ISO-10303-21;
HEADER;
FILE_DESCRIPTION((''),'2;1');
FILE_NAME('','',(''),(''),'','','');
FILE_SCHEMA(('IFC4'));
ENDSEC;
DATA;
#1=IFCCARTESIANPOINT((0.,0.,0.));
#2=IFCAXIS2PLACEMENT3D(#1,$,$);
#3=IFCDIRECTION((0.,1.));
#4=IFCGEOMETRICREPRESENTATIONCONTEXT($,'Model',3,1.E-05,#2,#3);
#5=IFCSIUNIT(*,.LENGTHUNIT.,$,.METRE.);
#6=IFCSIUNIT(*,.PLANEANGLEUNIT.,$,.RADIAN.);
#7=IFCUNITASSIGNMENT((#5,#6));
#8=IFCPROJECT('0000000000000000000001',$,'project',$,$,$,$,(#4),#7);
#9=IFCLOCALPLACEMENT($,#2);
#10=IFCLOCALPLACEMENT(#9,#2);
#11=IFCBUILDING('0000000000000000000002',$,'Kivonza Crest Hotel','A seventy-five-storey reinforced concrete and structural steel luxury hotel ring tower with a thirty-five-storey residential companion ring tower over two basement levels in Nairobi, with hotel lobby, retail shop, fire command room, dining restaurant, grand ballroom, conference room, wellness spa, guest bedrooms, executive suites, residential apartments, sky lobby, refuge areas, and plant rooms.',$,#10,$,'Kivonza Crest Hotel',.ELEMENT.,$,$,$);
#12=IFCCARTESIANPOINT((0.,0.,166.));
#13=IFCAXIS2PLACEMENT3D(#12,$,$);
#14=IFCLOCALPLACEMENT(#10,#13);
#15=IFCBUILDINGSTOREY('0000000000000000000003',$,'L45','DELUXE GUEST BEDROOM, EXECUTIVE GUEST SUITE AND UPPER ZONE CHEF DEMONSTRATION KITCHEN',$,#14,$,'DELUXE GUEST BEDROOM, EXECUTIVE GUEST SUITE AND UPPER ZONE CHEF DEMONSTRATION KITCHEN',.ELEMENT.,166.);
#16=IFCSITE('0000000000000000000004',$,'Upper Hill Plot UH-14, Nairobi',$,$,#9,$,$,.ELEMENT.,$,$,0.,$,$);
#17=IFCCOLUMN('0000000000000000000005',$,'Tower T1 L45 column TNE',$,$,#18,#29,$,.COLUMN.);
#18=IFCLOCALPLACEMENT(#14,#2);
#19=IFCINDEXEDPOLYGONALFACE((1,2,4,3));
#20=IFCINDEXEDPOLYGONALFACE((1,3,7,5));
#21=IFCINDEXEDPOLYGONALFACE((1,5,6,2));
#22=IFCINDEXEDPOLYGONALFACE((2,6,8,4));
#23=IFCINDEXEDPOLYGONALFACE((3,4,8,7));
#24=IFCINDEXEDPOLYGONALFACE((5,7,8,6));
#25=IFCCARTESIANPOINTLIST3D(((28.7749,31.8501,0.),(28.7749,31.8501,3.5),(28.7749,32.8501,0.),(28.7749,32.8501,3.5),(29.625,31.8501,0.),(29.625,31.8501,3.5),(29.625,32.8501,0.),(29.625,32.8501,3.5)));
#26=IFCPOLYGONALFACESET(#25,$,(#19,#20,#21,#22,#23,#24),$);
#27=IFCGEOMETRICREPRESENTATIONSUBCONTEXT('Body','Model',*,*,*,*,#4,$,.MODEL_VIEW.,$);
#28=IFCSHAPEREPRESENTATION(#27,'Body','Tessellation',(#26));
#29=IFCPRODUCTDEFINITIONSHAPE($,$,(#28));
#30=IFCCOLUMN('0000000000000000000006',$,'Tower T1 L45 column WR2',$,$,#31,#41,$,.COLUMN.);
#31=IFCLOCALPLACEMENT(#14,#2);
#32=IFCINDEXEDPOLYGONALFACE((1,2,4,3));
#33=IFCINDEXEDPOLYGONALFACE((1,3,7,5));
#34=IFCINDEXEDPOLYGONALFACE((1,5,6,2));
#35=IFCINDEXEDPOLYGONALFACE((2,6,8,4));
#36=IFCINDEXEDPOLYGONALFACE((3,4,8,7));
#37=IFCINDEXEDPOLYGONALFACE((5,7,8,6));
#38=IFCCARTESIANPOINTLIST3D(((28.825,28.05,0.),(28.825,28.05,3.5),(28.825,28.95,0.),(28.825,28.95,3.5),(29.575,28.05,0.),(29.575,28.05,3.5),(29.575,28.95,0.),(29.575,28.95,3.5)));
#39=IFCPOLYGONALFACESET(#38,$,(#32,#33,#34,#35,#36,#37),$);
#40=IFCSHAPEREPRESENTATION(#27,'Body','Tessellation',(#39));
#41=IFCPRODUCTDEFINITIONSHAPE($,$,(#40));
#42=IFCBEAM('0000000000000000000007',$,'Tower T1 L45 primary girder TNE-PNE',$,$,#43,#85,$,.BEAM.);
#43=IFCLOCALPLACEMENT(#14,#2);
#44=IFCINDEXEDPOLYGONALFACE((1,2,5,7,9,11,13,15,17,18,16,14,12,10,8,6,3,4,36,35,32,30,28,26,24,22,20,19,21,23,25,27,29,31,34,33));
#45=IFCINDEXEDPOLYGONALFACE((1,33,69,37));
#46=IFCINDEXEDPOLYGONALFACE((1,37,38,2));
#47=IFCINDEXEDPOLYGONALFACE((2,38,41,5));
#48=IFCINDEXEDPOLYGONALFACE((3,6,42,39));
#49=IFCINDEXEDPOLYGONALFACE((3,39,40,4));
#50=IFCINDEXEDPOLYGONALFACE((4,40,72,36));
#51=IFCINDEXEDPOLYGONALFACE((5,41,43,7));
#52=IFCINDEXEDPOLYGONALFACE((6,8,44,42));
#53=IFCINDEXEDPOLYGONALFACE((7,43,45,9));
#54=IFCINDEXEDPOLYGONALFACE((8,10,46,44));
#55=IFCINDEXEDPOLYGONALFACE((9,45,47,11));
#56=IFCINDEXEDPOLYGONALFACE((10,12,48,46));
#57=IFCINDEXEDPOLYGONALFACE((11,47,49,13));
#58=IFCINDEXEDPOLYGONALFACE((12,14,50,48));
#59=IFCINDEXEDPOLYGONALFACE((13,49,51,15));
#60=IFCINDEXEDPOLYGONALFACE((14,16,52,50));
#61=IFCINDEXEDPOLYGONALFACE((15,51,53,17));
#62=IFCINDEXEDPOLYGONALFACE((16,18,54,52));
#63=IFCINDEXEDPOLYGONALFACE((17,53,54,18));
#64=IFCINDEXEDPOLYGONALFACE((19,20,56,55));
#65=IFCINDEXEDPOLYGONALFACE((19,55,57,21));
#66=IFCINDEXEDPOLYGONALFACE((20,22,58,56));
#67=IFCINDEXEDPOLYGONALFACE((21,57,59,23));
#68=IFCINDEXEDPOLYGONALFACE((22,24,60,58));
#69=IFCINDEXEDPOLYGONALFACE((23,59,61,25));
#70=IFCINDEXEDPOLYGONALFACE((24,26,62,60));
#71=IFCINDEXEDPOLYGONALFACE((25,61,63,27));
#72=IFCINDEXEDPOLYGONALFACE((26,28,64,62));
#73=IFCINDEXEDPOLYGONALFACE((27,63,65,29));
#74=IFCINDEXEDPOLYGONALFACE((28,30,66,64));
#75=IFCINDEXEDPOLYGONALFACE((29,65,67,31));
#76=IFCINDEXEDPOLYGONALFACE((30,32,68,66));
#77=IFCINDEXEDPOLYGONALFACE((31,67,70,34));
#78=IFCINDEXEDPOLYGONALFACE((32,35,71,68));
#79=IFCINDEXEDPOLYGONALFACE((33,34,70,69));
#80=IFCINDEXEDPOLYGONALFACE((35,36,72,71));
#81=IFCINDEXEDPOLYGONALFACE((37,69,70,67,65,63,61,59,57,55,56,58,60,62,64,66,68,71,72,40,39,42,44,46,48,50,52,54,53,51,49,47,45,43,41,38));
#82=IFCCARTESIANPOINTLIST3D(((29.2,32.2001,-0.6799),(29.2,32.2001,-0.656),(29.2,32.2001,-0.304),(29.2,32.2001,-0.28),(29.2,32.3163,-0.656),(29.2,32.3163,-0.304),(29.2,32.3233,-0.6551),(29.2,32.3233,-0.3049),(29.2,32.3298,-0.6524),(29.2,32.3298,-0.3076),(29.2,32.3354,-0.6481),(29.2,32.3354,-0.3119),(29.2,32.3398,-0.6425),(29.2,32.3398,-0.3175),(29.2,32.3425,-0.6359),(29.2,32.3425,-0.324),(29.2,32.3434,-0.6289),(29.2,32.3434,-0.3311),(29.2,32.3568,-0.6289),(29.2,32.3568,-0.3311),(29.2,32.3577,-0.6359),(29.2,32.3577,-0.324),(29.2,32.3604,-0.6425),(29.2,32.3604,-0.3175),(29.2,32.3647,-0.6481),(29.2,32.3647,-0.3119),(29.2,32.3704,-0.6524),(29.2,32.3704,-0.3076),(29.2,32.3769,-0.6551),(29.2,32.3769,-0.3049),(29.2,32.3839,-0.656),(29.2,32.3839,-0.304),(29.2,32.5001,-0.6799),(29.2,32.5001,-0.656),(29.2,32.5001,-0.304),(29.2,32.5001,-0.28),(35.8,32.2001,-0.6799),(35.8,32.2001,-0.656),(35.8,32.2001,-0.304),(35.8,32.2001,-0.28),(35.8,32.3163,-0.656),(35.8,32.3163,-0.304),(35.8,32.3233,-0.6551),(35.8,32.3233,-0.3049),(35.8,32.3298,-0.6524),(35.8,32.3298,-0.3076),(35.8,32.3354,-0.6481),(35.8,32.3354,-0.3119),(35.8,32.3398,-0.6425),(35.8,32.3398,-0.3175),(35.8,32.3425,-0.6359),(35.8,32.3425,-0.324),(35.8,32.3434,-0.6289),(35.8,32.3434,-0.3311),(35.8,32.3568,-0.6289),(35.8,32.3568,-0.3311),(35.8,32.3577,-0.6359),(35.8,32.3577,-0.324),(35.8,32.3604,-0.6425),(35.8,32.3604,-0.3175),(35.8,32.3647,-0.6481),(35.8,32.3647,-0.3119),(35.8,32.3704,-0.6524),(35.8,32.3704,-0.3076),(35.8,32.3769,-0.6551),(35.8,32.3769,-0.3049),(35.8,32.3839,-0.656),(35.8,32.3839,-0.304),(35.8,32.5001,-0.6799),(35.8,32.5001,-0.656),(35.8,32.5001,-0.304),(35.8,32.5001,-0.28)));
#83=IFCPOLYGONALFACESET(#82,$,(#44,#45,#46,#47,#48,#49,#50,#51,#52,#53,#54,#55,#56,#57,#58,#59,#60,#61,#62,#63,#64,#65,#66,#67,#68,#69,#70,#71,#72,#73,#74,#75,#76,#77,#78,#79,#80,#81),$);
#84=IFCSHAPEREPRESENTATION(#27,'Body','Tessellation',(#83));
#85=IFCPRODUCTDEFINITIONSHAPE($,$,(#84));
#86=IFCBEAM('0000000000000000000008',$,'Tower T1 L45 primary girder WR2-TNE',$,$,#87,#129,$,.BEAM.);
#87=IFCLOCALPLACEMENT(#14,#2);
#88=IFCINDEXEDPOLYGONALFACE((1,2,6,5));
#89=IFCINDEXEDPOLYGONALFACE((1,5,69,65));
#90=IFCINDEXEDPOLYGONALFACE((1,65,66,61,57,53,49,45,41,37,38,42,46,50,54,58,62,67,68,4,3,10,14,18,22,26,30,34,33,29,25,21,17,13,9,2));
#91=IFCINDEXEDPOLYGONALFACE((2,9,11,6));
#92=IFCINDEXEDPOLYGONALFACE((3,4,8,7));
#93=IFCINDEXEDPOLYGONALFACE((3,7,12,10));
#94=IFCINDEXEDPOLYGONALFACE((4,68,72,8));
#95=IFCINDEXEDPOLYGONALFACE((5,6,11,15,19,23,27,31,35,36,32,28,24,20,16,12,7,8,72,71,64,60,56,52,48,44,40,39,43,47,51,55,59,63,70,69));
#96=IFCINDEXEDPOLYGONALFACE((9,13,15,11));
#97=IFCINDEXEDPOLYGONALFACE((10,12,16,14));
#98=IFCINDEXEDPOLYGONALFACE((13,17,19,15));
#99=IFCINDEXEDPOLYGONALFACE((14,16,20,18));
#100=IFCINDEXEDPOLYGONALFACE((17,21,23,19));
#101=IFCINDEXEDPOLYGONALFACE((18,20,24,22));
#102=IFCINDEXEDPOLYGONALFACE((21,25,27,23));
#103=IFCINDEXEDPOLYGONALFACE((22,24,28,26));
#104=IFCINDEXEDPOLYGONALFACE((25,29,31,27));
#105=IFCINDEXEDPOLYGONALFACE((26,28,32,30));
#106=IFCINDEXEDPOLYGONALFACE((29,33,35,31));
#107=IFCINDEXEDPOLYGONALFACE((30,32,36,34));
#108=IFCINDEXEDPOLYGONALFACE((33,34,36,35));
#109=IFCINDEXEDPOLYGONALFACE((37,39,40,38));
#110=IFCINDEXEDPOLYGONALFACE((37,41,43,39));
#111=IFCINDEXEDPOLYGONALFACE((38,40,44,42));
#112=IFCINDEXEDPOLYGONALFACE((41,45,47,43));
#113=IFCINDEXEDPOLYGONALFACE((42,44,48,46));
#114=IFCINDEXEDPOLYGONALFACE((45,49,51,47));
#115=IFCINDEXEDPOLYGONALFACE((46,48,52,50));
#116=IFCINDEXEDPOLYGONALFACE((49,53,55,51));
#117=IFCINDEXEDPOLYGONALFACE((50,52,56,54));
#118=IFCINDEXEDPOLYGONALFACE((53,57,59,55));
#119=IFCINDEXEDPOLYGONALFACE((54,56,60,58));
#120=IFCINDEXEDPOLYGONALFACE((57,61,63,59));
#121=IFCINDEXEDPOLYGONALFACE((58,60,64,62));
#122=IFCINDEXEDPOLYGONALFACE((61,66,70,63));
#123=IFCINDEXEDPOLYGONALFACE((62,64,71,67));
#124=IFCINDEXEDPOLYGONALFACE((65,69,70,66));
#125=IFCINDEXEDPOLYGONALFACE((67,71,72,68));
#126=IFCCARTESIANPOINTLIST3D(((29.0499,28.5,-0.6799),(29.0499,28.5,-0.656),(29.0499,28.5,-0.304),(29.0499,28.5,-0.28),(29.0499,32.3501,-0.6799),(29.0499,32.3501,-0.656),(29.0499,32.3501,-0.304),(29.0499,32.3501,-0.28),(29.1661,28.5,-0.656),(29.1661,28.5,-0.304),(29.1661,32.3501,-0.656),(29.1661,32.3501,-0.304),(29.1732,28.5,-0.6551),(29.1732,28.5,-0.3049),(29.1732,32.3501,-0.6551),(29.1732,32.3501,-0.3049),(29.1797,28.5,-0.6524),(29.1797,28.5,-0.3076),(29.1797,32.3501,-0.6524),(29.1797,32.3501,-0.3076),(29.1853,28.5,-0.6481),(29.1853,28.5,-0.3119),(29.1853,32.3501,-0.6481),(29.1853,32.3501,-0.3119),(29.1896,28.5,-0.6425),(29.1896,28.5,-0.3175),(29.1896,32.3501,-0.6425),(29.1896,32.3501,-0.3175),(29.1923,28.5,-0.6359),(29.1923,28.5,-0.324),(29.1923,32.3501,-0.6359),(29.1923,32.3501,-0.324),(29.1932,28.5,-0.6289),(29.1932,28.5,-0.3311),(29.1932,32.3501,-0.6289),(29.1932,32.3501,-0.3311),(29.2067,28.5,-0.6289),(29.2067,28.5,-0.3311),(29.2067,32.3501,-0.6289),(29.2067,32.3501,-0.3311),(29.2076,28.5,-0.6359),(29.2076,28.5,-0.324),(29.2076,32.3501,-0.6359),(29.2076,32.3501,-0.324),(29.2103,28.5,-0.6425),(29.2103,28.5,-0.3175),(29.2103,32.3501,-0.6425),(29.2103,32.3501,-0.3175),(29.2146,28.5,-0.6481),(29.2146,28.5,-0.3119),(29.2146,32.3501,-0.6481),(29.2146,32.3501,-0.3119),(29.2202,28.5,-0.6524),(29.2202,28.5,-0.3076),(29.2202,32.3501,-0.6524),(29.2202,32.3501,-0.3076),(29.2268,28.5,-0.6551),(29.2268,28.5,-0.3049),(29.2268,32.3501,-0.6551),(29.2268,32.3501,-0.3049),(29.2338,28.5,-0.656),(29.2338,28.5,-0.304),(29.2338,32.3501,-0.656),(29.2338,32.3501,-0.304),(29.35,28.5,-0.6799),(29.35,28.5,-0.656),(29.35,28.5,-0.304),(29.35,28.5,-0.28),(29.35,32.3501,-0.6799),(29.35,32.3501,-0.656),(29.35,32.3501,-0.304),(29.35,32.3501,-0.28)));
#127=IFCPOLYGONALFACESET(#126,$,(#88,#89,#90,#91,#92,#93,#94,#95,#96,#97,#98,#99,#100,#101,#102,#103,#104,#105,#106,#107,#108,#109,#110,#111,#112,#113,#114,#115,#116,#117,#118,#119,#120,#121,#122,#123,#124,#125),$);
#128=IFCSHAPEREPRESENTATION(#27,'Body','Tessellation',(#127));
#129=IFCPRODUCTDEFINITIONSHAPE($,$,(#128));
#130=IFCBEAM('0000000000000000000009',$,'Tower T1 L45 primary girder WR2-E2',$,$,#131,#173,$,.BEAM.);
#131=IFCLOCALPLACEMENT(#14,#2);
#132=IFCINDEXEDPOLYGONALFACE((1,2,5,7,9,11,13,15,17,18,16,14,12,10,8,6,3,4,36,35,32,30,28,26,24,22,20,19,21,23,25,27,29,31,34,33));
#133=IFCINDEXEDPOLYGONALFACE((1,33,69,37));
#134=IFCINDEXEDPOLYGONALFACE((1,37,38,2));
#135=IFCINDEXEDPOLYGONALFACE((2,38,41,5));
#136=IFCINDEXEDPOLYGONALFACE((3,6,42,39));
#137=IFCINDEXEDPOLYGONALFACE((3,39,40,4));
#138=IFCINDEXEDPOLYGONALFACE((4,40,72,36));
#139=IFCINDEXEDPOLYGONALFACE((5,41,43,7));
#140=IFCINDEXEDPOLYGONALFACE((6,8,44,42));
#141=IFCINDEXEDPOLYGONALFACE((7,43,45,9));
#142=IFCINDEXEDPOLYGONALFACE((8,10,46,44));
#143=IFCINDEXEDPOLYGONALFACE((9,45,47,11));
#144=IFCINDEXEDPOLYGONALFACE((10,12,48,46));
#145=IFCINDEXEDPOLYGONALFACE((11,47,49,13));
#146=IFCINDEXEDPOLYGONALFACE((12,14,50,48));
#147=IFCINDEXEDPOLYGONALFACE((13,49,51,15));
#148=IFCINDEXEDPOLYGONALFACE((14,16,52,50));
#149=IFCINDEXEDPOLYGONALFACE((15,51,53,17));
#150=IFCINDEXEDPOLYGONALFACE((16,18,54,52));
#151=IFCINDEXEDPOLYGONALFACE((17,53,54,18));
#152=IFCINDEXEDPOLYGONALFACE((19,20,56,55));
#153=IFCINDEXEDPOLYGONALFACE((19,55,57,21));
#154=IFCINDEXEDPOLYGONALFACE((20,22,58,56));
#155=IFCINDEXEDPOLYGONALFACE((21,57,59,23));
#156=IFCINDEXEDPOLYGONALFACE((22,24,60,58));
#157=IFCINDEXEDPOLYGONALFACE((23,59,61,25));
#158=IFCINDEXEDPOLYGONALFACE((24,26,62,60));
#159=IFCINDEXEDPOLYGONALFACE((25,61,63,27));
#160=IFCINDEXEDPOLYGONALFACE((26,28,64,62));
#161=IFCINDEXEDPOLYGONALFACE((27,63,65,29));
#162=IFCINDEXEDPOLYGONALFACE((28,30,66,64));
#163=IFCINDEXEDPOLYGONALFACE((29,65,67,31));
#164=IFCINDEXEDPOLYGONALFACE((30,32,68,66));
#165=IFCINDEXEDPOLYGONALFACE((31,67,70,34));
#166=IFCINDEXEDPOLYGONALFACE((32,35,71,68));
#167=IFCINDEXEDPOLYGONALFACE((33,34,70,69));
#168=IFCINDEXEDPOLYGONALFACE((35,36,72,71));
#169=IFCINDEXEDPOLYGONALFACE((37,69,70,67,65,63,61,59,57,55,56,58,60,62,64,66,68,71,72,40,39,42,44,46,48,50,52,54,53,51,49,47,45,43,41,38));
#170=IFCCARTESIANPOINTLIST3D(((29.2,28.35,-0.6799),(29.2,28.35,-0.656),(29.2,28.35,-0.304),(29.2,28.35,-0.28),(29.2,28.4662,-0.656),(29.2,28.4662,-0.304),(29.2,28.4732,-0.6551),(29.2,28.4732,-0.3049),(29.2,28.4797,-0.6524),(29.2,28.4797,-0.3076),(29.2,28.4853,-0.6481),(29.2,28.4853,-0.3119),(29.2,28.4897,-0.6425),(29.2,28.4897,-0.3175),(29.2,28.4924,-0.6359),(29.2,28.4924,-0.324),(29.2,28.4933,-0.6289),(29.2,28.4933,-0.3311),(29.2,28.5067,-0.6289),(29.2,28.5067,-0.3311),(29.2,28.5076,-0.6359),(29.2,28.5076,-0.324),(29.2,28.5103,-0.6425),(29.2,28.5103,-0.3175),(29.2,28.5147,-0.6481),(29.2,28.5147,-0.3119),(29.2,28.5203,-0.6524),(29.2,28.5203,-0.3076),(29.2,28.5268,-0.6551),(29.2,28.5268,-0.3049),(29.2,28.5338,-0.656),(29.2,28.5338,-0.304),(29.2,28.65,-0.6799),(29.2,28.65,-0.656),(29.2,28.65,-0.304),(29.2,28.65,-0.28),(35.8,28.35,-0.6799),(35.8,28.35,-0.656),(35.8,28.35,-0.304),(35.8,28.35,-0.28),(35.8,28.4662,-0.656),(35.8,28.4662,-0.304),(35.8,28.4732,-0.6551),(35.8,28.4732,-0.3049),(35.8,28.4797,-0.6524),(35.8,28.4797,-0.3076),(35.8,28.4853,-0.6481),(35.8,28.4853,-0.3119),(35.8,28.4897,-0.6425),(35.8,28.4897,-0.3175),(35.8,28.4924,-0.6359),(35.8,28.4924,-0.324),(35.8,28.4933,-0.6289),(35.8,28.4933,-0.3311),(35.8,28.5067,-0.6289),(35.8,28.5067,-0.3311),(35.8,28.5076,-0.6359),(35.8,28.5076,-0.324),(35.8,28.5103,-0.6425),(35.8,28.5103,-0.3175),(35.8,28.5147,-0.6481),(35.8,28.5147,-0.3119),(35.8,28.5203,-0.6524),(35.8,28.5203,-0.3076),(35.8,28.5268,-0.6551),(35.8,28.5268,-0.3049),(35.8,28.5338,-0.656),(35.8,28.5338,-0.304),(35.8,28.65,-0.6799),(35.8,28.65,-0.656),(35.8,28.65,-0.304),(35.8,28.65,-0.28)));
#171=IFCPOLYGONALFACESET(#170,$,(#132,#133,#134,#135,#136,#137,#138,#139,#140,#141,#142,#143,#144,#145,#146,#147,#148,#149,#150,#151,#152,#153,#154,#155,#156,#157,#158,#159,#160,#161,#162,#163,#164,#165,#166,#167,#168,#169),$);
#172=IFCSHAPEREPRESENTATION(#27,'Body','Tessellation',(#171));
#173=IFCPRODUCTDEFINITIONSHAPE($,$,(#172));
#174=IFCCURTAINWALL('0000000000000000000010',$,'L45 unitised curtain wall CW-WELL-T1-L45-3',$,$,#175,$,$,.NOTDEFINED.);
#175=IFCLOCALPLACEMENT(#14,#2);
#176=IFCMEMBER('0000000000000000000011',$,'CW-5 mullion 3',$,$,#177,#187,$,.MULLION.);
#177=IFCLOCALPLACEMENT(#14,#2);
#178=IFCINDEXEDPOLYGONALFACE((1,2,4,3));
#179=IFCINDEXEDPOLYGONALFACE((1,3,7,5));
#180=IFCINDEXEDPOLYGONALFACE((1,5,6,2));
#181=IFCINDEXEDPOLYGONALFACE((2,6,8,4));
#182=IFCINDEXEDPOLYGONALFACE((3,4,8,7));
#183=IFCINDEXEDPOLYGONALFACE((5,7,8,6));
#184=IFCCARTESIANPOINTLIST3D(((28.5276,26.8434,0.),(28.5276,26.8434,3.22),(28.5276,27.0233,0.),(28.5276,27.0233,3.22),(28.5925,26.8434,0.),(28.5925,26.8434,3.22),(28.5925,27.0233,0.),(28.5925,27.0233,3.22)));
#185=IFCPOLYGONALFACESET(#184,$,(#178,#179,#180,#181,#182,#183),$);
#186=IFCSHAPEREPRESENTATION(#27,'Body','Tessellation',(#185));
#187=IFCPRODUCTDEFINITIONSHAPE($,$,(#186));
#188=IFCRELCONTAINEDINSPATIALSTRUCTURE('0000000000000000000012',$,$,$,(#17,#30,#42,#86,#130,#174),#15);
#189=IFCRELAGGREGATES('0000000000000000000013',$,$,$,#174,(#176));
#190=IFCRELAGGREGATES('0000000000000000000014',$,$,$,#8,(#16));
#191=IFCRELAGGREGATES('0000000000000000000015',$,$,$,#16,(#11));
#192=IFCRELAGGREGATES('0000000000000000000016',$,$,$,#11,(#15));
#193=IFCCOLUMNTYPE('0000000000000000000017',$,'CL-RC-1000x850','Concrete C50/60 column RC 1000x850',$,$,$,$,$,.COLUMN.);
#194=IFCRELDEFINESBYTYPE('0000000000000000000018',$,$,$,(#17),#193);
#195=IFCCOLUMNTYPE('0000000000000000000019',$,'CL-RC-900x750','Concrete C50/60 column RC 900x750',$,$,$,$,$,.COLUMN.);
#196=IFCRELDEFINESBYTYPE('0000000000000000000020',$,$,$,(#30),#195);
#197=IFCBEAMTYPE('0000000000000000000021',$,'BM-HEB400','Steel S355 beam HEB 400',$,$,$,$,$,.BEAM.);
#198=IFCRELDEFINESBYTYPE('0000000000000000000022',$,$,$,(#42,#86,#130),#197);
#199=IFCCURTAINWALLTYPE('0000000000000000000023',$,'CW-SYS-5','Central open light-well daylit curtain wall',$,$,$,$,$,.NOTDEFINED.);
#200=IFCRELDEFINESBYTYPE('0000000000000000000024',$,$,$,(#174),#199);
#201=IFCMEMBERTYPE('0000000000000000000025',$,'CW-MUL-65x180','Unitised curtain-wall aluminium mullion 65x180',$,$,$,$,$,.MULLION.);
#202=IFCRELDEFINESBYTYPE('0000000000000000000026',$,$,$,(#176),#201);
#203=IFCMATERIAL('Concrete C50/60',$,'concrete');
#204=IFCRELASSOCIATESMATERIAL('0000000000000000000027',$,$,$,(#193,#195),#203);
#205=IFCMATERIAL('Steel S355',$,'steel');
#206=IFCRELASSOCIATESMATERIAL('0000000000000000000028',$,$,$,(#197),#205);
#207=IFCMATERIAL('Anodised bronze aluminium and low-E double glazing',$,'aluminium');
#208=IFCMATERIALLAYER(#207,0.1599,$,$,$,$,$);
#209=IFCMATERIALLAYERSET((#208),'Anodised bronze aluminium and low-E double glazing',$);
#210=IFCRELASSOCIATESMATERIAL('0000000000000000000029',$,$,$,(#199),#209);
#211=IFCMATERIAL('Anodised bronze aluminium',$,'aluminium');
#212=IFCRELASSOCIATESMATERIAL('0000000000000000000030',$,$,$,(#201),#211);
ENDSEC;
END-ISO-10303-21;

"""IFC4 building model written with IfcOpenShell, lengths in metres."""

from ifc_helpers import new_model, si_unit, direction, frame, origin, origin_2d, place, context, subcontext, project, spatial, rectangle, i_section, extrude, material, layer, layer_set, material_profile, profile_set, type_object, element, aggregate, save


model = new_model("IFC4")

# Units and contexts
model_context = context("Model", 3, precision=1e-05, world=origin(), true_north=direction((0.0, 1.0)))
body_context = subcontext(model_context, "Body", "Model", "MODEL_VIEW")
ifc_project = project(units=[si_unit("LENGTHUNIT", "METRE"), si_unit("PLANEANGLEUNIT", "RADIAN")], contexts=[model_context])

# Site, building, storey
site_placement = place(None, origin())
site = spatial("IfcSite", under=ifc_project, at=site_placement, Name="Upper Hill Plot UH-14, Nairobi", CompositionType="ELEMENT", RefElevation=0.0)
building_placement = place(site_placement, origin())
building = spatial("IfcBuilding", under=site, at=building_placement, Name="Kivonza Crest Hotel", Description="A seventy-five-storey reinforced concrete and structural steel luxury hotel ring tower with a thirty-five-storey residential companion ring tower over two basement levels in Nairobi, with hotel lobby, retail shop, fire command room, dining restaurant, grand ballroom, conference room, wellness spa, guest bedrooms, executive suites, residential apartments, sky lobby, refuge areas, and plant rooms.", LongName="Kivonza Crest Hotel", CompositionType="ELEMENT")
storey_placement = place(building_placement, frame((0.0, 0.0, 166.0)))
storey = spatial("IfcBuildingStorey", under=building, at=storey_placement, Name="L45", Description="DELUXE GUEST BEDROOM, EXECUTIVE GUEST SUITE AND UPPER ZONE CHEF DEMONSTRATION KITCHEN", LongName="DELUXE GUEST BEDROOM, EXECUTIVE GUEST SUITE AND UPPER ZONE CHEF DEMONSTRATION KITCHEN", CompositionType="ELEMENT", Elevation=166.0)

# Columns
ifc_material_1 = material(Name="Concrete C50/60", Category="concrete")
ifc_material_profile_1 = material_profile(ifc_material_1, rectangle(XDim=0.8501, YDim=1.0, at=origin_2d()), Name="RC 1000x850")
ifc_profile_set_1 = profile_set([ifc_material_profile_1], Name="Concrete C50/60")
column_type_1 = type_object("IfcColumnType", Name="CL-RC-1000x850", Description="Concrete C50/60 column RC 1000x850", PredefinedType="COLUMN", material=ifc_profile_set_1)
column_1_placement = place(storey_placement, frame((29.2, 32.3501, 0.0), z_axis=(0.0, 0.0, 1.0), x_axis=(1.0, 0.0, 0.0)))
element("IfcColumn", 1, at=column_1_placement, inside=storey, type_object=column_type_1, Name="Tower T1 L45 column TNE", PredefinedType="COLUMN", context=body_context, shape_type="SweptSolid", body=[
    extrude(rectangle(XDim=0.8501, YDim=1.0, at=origin_2d()), origin(), (0.0, 0.0, 1.0), 3.5),
])
ifc_material_profile_2 = material_profile(ifc_material_1, rectangle(XDim=0.75, YDim=0.8999, at=origin_2d()), Name="RC 900x750")
ifc_profile_set_2 = profile_set([ifc_material_profile_2], Name="Concrete C50/60")
column_type_2 = type_object("IfcColumnType", Name="CL-RC-900x750", Description="Concrete C50/60 column RC 900x750", PredefinedType="COLUMN", material=ifc_profile_set_2)
column_2_placement = place(storey_placement, frame((29.2, 28.5, 0.0), z_axis=(0.0, 0.0, 1.0), x_axis=(1.0, 0.0, 0.0)))
element("IfcColumn", 2, at=column_2_placement, inside=storey, type_object=column_type_2, Name="Tower T1 L45 column WR2", PredefinedType="COLUMN", context=body_context, shape_type="SweptSolid", body=[
    extrude(rectangle(XDim=0.75, YDim=0.8999, at=origin_2d()), origin(), (0.0, 0.0, 1.0), 3.5),
])

# Beams
ifc_material_2 = material(Name="Steel S355", Category="steel")
ifc_material_profile_3 = material_profile(ifc_material_2, i_section(OverallWidth=0.3, OverallDepth=0.3999, WebThickness=0.0134, FlangeThickness=0.0239, FilletRadius=0.0271, at=origin_2d()), Name="HEB 400")
ifc_profile_set_3 = profile_set([ifc_material_profile_3], Name="Steel S355")
beam_type = type_object("IfcBeamType", Name="BM-HEB400", Description="Steel S355 beam HEB 400", PredefinedType="BEAM", material=ifc_profile_set_3)
beam_1_placement = place(storey_placement, frame((29.2, 32.3501, -0.48), z_axis=(1.0, 0.0, 0.0), x_axis=(0.0, 1.0, 0.0)))
element("IfcBeam", 3, at=beam_1_placement, inside=storey, type_object=beam_type, Name="Tower T1 L45 primary girder TNE-PNE", PredefinedType="BEAM", context=body_context, shape_type="SweptSolid", body=[
    extrude(i_section(OverallWidth=0.3, OverallDepth=0.3999, WebThickness=0.0134, FlangeThickness=0.0239, FilletRadius=0.0271, at=origin_2d()), origin(), (0.0, 0.0, 1.0), 6.6001),
])
beam_2_placement = place(storey_placement, frame((29.2, 28.5, -0.48), z_axis=(0.0, 1.0, 0.0), x_axis=(-1.0, 0.0, 0.0)))
element("IfcBeam", 4, at=beam_2_placement, inside=storey, type_object=beam_type, Name="Tower T1 L45 primary girder WR2-TNE", PredefinedType="BEAM", context=body_context, shape_type="SweptSolid", body=[
    extrude(i_section(OverallWidth=0.3, OverallDepth=0.3999, WebThickness=0.0134, FlangeThickness=0.0239, FilletRadius=0.0271, at=origin_2d()), origin(), (0.0, 0.0, 1.0), 3.8501),
])
beam_3_placement = place(storey_placement, frame((29.2, 28.5, -0.48), z_axis=(1.0, 0.0, 0.0), x_axis=(0.0, 1.0, 0.0)))
element("IfcBeam", 5, at=beam_3_placement, inside=storey, type_object=beam_type, Name="Tower T1 L45 primary girder WR2-E2", PredefinedType="BEAM", context=body_context, shape_type="SweptSolid", body=[
    extrude(i_section(OverallWidth=0.3, OverallDepth=0.3999, WebThickness=0.0134, FlangeThickness=0.0239, FilletRadius=0.0271, at=origin_2d()), origin(), (0.0, 0.0, 1.0), 6.6001),
])

# Curtain wall, member
ifc_material_3 = material(Name="Anodised bronze aluminium and low-E double glazing", Category="aluminium")
ifc_layer_1 = layer(ifc_material_3, 0.1599)
ifc_layer_set_1 = layer_set([ifc_layer_1], Name="Anodised bronze aluminium and low-E double glazing")
curtain_wall_type = type_object("IfcCurtainWallType", Name="CW-SYS-5", Description="Central open light-well daylit curtain wall", PredefinedType="NOTDEFINED", material=ifc_layer_set_1)
curtain_wall_placement = place(storey_placement, origin())
curtain_wall = element("IfcCurtainWall", 6, at=curtain_wall_placement, inside=storey, type_object=curtain_wall_type, Name="L45 unitised curtain wall CW-WELL-T1-L45-3", PredefinedType="NOTDEFINED")
ifc_material_4 = material(Name="Anodised bronze aluminium", Category="aluminium")
ifc_material_profile_4 = material_profile(ifc_material_4, rectangle(XDim=0.0649, YDim=0.1799, at=origin_2d()), Name="CW-M 65x180")
ifc_profile_set_4 = profile_set([ifc_material_profile_4], Name="Anodised bronze aluminium")
member_type_1 = type_object("IfcMemberType", Name="CW-MUL-65x180", Description="Unitised curtain-wall aluminium mullion 65x180", PredefinedType="MULLION", material=ifc_profile_set_4)
member_1_placement = place(storey_placement, frame((28.5601, 26.9333, 0.0), z_axis=(0.0, 0.0, 1.0), x_axis=(-1.0, 0.0, 0.0)))
member_1 = element("IfcMember", 7, at=member_1_placement, type_object=member_type_1, Name="CW-5 mullion 3", PredefinedType="MULLION", context=body_context, shape_type="SweptSolid", body=[
    extrude(rectangle(XDim=0.0649, YDim=0.1799, at=origin_2d()), origin(), (0.0, 0.0, 1.0), 3.22),
])
aggregate(curtain_wall, [member_1])

save(model, "model.ifc")
